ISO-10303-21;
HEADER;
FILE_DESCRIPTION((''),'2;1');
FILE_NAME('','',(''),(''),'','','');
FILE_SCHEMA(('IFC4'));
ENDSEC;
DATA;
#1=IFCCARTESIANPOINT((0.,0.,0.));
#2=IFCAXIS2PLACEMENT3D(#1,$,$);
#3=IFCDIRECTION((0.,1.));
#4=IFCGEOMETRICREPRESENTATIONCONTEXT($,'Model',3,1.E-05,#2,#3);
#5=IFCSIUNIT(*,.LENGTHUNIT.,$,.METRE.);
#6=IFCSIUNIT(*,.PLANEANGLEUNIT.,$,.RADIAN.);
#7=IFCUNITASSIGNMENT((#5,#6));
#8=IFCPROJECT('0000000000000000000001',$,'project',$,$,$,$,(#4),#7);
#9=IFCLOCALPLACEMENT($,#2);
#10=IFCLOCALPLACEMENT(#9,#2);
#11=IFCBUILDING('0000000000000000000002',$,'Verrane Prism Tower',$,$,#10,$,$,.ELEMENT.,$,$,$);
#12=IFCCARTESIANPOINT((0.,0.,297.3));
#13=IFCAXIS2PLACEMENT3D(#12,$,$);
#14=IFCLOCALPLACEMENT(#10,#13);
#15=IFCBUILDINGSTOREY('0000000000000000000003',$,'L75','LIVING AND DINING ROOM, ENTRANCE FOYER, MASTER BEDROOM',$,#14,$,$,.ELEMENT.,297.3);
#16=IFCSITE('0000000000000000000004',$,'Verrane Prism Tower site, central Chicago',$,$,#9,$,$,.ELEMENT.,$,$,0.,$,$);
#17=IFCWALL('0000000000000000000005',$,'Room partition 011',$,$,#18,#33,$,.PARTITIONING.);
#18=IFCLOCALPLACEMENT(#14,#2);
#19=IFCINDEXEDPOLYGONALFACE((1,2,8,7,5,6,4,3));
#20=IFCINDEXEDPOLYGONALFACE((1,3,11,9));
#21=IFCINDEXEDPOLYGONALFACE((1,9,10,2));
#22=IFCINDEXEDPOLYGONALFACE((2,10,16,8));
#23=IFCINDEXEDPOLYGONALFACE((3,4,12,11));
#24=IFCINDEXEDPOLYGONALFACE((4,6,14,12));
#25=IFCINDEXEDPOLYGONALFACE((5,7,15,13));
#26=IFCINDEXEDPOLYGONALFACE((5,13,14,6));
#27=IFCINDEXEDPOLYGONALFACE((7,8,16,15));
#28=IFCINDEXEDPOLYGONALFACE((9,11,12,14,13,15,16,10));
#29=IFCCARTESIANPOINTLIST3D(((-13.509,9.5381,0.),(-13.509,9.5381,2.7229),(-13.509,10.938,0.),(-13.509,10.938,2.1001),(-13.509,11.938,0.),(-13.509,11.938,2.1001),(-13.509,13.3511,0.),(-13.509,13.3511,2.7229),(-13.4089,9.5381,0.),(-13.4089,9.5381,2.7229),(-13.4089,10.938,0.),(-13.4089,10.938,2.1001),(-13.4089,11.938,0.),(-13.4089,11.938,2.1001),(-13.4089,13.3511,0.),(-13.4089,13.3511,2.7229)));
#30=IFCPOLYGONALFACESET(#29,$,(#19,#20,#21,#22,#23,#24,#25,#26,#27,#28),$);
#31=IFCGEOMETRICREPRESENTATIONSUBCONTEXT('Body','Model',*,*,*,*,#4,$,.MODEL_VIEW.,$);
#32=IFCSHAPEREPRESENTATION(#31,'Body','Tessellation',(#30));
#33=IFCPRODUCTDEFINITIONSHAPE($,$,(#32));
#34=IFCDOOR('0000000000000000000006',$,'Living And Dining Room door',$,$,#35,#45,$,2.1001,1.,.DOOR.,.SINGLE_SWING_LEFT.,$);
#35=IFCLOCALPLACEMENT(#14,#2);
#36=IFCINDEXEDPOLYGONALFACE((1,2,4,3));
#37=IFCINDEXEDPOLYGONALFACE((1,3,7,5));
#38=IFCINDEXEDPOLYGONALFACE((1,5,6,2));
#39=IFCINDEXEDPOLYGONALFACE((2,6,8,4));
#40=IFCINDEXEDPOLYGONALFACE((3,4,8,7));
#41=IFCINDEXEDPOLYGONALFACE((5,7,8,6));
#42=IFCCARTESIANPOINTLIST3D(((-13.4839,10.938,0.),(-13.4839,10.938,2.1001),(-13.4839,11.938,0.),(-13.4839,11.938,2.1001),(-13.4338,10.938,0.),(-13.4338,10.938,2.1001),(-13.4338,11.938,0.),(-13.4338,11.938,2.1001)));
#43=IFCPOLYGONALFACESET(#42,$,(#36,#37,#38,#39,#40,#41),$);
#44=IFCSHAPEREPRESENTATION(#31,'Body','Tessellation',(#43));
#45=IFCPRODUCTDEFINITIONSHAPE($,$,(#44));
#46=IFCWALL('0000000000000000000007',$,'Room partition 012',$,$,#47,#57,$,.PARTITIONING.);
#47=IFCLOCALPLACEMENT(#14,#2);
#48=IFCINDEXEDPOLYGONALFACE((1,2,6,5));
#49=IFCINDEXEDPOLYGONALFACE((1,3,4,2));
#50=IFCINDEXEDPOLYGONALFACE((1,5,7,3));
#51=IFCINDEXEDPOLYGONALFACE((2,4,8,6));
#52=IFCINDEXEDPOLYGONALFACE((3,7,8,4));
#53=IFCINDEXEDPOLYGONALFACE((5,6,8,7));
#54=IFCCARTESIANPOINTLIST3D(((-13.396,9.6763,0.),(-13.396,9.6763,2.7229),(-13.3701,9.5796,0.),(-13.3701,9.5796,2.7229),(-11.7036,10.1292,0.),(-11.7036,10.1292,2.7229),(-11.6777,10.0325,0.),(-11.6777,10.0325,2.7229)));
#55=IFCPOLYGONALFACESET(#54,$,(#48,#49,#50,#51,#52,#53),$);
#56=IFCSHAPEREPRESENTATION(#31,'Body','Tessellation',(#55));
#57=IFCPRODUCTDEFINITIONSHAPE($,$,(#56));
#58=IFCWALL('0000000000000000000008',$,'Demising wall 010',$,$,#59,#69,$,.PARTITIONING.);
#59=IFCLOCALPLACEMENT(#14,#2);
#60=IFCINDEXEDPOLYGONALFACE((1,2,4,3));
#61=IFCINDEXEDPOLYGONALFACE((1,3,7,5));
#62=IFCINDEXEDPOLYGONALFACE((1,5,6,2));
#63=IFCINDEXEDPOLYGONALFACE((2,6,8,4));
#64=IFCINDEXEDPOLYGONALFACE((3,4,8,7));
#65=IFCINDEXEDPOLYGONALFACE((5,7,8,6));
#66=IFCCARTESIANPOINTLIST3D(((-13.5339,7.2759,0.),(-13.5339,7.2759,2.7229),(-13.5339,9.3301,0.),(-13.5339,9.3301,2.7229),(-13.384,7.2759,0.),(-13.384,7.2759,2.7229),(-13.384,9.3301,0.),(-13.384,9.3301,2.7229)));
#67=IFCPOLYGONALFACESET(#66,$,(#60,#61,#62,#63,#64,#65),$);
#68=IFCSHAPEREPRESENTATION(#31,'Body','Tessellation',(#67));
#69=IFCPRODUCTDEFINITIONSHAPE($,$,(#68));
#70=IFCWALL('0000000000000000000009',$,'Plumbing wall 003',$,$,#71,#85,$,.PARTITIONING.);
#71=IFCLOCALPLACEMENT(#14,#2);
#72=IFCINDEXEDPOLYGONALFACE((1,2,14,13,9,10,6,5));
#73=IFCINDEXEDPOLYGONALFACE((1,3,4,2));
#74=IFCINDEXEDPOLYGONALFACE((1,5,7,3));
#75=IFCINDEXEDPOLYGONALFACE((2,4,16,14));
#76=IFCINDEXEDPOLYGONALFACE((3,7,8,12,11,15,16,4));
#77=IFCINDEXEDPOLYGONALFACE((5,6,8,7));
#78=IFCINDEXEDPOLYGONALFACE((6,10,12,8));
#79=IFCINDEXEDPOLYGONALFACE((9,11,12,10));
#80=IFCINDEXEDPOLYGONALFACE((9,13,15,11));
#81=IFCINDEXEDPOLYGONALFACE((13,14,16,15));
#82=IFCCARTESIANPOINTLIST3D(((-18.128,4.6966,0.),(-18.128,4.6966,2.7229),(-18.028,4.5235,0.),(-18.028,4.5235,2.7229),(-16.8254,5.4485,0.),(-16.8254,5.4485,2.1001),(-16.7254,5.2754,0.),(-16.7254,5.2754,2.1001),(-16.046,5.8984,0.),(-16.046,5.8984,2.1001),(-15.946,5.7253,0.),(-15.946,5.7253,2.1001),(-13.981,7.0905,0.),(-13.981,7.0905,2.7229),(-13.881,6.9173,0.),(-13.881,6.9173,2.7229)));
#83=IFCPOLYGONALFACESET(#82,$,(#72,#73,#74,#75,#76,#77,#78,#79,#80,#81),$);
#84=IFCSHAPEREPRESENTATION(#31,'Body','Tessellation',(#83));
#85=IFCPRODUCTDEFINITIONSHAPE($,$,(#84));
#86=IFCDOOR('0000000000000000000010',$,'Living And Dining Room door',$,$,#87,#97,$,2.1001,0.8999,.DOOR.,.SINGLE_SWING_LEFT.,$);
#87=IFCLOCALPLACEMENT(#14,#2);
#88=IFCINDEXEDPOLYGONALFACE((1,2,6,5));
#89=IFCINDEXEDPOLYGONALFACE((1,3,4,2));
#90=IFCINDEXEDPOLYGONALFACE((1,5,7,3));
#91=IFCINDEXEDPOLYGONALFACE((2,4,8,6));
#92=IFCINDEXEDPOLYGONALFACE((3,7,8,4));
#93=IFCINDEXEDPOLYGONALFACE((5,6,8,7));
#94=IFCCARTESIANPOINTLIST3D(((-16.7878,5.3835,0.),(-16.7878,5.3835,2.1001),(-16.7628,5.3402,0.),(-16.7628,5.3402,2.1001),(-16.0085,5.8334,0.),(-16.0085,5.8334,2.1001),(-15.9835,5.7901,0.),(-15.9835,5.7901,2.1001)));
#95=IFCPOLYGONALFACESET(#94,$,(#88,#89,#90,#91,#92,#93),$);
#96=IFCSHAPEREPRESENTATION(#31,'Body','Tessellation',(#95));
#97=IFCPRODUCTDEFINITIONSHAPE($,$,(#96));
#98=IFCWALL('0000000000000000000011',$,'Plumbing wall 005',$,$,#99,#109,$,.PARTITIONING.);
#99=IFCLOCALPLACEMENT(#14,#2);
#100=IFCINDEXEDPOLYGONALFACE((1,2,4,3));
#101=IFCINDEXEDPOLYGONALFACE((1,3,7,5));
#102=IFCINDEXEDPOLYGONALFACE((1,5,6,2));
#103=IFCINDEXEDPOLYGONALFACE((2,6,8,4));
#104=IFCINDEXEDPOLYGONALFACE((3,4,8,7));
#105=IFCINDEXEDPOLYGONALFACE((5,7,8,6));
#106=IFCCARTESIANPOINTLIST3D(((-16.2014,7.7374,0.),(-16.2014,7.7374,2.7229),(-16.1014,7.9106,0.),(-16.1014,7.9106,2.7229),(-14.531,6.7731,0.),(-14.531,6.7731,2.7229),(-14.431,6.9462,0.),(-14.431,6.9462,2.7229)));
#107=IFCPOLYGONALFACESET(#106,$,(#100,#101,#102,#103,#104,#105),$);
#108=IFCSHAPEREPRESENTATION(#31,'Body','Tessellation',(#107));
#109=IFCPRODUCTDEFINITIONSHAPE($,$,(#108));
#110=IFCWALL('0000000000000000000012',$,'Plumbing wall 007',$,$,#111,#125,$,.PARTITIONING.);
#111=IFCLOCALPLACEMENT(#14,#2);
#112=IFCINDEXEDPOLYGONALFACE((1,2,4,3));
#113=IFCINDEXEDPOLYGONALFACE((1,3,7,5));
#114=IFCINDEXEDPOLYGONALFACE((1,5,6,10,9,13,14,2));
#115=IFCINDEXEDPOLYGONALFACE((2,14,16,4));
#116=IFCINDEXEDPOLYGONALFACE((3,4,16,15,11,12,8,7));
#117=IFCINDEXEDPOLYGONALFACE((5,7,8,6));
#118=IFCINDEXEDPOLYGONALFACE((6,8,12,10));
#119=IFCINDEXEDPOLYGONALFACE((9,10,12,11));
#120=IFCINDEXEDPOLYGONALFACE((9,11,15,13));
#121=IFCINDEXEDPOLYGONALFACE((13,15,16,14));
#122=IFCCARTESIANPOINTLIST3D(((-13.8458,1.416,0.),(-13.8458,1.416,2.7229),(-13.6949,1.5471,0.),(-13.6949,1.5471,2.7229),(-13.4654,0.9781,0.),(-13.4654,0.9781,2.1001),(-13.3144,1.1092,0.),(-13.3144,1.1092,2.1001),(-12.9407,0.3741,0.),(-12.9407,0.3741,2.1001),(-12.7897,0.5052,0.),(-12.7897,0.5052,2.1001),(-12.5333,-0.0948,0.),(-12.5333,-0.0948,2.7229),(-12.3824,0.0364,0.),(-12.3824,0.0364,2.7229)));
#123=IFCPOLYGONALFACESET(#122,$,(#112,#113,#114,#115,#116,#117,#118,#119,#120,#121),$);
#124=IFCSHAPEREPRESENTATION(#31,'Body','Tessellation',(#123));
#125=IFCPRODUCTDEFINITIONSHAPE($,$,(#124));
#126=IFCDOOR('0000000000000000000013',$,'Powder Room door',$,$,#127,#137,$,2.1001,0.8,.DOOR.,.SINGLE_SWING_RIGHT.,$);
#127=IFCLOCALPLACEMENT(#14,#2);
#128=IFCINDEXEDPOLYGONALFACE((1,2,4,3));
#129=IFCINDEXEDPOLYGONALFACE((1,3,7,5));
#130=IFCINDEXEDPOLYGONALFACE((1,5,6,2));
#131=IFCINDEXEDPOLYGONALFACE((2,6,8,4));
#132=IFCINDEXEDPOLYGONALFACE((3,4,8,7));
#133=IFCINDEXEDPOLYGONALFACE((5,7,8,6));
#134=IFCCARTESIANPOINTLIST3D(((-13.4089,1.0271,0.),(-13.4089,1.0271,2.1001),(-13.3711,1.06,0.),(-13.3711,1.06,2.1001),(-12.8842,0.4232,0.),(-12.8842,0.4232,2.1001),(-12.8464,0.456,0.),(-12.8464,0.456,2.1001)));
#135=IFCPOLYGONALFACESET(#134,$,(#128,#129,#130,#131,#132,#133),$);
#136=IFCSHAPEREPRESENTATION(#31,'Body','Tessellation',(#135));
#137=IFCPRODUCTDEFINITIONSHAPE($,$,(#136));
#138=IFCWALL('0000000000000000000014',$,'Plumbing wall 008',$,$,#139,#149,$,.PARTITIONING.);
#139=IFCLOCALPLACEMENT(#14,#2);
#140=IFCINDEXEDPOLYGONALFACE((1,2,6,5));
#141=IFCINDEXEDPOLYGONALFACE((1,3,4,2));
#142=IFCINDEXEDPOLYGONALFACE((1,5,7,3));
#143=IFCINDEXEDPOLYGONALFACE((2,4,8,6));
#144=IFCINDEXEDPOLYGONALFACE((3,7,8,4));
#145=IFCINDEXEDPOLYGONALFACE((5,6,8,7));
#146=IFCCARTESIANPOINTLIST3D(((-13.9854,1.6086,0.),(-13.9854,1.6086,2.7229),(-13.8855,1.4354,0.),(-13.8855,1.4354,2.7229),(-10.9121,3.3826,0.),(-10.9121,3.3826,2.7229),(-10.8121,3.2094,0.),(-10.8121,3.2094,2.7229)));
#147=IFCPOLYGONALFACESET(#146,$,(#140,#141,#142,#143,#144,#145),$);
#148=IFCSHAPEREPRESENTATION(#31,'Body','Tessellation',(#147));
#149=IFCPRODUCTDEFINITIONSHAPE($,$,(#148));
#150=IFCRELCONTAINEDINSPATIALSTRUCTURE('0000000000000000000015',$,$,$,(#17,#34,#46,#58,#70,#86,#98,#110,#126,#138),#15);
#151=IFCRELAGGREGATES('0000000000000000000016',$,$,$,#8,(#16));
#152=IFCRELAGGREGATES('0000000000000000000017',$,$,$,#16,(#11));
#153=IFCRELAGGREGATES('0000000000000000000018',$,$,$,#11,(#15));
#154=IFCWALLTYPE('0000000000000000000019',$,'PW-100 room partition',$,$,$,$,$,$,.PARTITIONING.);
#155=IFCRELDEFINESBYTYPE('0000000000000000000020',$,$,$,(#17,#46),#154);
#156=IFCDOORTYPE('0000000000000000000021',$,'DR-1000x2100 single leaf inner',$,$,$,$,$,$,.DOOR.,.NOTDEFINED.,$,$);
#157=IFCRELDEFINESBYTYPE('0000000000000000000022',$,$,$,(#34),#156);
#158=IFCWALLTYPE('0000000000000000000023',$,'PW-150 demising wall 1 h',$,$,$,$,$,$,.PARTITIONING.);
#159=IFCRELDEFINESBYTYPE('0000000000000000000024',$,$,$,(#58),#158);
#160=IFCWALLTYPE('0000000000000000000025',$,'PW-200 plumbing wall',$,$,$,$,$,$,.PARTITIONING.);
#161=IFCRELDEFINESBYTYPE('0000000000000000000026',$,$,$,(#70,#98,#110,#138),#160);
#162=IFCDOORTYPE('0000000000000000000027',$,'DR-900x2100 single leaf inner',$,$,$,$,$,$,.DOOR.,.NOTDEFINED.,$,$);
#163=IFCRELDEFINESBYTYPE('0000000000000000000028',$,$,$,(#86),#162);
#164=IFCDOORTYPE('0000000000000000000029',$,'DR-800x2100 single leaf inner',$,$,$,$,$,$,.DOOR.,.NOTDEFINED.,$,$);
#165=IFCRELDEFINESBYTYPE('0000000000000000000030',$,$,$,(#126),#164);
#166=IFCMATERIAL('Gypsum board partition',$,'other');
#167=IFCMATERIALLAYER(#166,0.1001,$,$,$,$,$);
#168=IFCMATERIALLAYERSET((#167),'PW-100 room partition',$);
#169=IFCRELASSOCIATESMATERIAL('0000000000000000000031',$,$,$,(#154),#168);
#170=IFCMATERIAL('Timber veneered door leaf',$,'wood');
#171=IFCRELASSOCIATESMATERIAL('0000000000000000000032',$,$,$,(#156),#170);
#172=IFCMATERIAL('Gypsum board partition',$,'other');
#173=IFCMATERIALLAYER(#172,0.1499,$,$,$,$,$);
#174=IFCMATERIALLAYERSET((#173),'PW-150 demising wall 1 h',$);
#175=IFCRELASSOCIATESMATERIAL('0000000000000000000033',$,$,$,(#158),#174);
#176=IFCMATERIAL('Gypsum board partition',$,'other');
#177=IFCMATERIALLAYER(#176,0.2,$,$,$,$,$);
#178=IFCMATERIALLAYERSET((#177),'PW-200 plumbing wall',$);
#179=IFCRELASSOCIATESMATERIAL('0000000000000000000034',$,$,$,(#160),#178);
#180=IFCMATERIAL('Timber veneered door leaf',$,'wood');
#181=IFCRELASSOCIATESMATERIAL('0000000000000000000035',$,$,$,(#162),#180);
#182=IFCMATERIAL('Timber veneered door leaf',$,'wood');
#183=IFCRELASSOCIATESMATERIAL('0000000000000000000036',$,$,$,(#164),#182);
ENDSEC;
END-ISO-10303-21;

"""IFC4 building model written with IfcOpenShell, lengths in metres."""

from ifc_helpers import new_model, si_unit, direction, frame, frame_2d, origin, place, context, subcontext, project, spatial, rectangle, extrude, material, layer, layer_set, type_object, element, fill, save


model = new_model("IFC4")

# Units and contexts
model_context = context("Model", 3, precision=1e-05, world=origin(), true_north=direction((0.0, 1.0)))
body_context = subcontext(model_context, "Body", "Model", "MODEL_VIEW")
ifc_project = project(units=[si_unit("LENGTHUNIT", "METRE"), si_unit("PLANEANGLEUNIT", "RADIAN")], contexts=[model_context])

# Site, building, storey
site_placement = place(None, origin())
site = spatial("IfcSite", under=ifc_project, at=site_placement, Name="Verrane Prism Tower site, central Chicago", CompositionType="ELEMENT", RefElevation=0.0)
building_placement = place(site_placement, origin())
building = spatial("IfcBuilding", under=site, at=building_placement, Name="Verrane Prism Tower", CompositionType="ELEMENT")
storey_placement = place(building_placement, frame((0.0, 0.0, 297.3)))
storey = spatial("IfcBuildingStorey", under=building, at=storey_placement, Name="L75", Description="LIVING AND DINING ROOM, ENTRANCE FOYER, MASTER BEDROOM", CompositionType="ELEMENT", Elevation=297.3)

# Shared definitions
ifc_material_1 = material(Name="Gypsum board partition", Category="other")
ifc_layer_1 = layer(ifc_material_1, 0.1001)
ifc_layer_set_1 = layer_set([ifc_layer_1], Name="PW-100 room partition")
wall_type_1 = type_object("IfcWallType", Name="PW-100 room partition", PredefinedType="PARTITIONING", material=ifc_layer_set_1)
ifc_material_2 = material(Name="Timber veneered door leaf", Category="wood")
door_type_1 = type_object("IfcDoorType", Name="DR-1000x2100 single leaf inner", OperationType="NOTDEFINED", PredefinedType="DOOR", material=ifc_material_2)

# Wall, opening, door
wall_1_placement = place(storey_placement, frame((-13.459, 9.5381, 0.0), z_axis=(0.0, 0.0, 1.0), x_axis=(0.0, 1.0, 0.0)))
wall_1 = element("IfcWall", 1, at=wall_1_placement, inside=storey, type_object=wall_type_1, Name="Room partition 011", PredefinedType="PARTITIONING", context=body_context, shape_type="SweptSolid", body=[
    extrude(rectangle(XDim=3.813, YDim=0.1001, at=frame_2d((1.9065, 0.0))), origin(), (0.0, 0.0, 1.0), 2.7229),
])
opening_1_placement = place(wall_1_placement, frame((1.3999, 0.0, 0.0)))
opening_1 = element("IfcOpeningElement", 2, at=opening_1_placement, cuts=wall_1, PredefinedType="OPENING", context=body_context, shape_type="SweptSolid", body=[
    extrude(rectangle(XDim=1.0, YDim=2.1001, at=frame_2d((0.5, 1.05))), frame((0.0, 0.0601, 0.0), z_axis=(0.0, -1.0, 0.0), x_axis=(1.0, 0.0, 0.0)), (0.0, 0.0, 1.0), 0.1201),
])
door_1_placement = place(opening_1_placement, origin())
door_1 = element("IfcDoor", 3, at=door_1_placement, inside=storey, type_object=door_type_1, Name="Living And Dining Room door", OperationType="SINGLE_SWING_LEFT", OverallHeight=2.1001, OverallWidth=1.0, PredefinedType="DOOR", context=body_context, shape_type="SweptSolid", body=[
    extrude(rectangle(XDim=1.0, YDim=2.1001, at=frame_2d((0.5, 1.05))), frame((0.0, 0.0249, 0.0), z_axis=(0.0, -1.0, 0.0), x_axis=(1.0, 0.0, 0.0)), (0.0, 0.0, 1.0), 0.05),
])
fill(opening_1, door_1)

# Walls
wall_2_placement = place(storey_placement, frame((-13.3831, 9.6279, 0.0), z_axis=(0.0, 0.0, 1.0), x_axis=(0.96601, 0.258504, 0.0)))
element("IfcWall", 4, at=wall_2_placement, inside=storey, type_object=wall_type_1, Name="Room partition 012", PredefinedType="PARTITIONING", context=body_context, shape_type="SweptSolid", body=[
    extrude(rectangle(XDim=1.752, YDim=0.1001, at=frame_2d((0.876, 0.0))), origin(), (0.0, 0.0, 1.0), 2.7229),
])
ifc_material_3 = material(Name="Gypsum board partition", Category="other")
ifc_layer_2 = layer(ifc_material_3, 0.1499)
ifc_layer_set_2 = layer_set([ifc_layer_2], Name="PW-150 demising wall 1 h")
wall_type_2 = type_object("IfcWallType", Name="PW-150 demising wall 1 h", PredefinedType="PARTITIONING", material=ifc_layer_set_2)
wall_3_placement = place(storey_placement, frame((-13.459, 7.2759, 0.0), z_axis=(0.0, 0.0, 1.0), x_axis=(0.0, 1.0, 0.0)))
element("IfcWall", 5, at=wall_3_placement, inside=storey, type_object=wall_type_2, Name="Demising wall 010", PredefinedType="PARTITIONING", context=body_context, shape_type="SweptSolid", body=[
    extrude(rectangle(XDim=2.0542, YDim=0.1499, at=frame_2d((1.0271, 0.0))), origin(), (0.0, 0.0, 1.0), 2.7229),
])

# Wall, opening, door
ifc_material_4 = material(Name="Gypsum board partition", Category="other")
ifc_layer_3 = layer(ifc_material_4, 0.2)
ifc_layer_set_3 = layer_set([ifc_layer_3], Name="PW-200 plumbing wall")
wall_type_3 = type_object("IfcWallType", Name="PW-200 plumbing wall", PredefinedType="PARTITIONING", material=ifc_layer_set_3)
wall_4_placement = place(storey_placement, frame((-18.0779, 4.6101, 0.0), z_axis=(0.0, 0.0, 1.0), x_axis=(0.866067, 0.499928, 0.0)))
wall_4 = element("IfcWall", 6, at=wall_4_placement, inside=storey, type_object=wall_type_3, Name="Plumbing wall 003", PredefinedType="PARTITIONING", context=body_context, shape_type="SweptSolid", body=[
    extrude(rectangle(XDim=4.7883, YDim=0.2, at=frame_2d((2.394, 0.0))), origin(), (0.0, 0.0, 1.0), 2.7229),
])
opening_2_placement = place(wall_4_placement, frame((1.5039, 0.0, 0.0)))
opening_2 = element("IfcOpeningElement", 7, at=opening_2_placement, cuts=wall_4, PredefinedType="OPENING", context=body_context, shape_type="SweptSolid", body=[
    extrude(rectangle(XDim=0.8999, YDim=2.1001, at=frame_2d((0.45, 1.05))), frame((0.0, 0.1099, 0.0), z_axis=(0.0, -1.0, 0.0), x_axis=(1.0, 0.0, 0.0)), (0.0, 0.0, 1.0), 0.22),
])
ifc_material_5 = material(Name="Timber veneered door leaf", Category="wood")
door_type_2 = type_object("IfcDoorType", Name="DR-900x2100 single leaf inner", OperationType="NOTDEFINED", PredefinedType="DOOR", material=ifc_material_5)
door_2_placement = place(opening_2_placement, origin())
door_2 = element("IfcDoor", 8, at=door_2_placement, inside=storey, type_object=door_type_2, Name="Living And Dining Room door", OperationType="SINGLE_SWING_LEFT", OverallHeight=2.1001, OverallWidth=0.8999, PredefinedType="DOOR", context=body_context, shape_type="SweptSolid", body=[
    extrude(rectangle(XDim=0.8999, YDim=2.1001, at=frame_2d((0.45, 1.05))), frame((0.0, 0.0249, 0.0), z_axis=(0.0, -1.0, 0.0), x_axis=(1.0, 0.0, 0.0)), (0.0, 0.0, 1.0), 0.05),
])
fill(opening_2, door_2)

# Wall
wall_5_placement = place(storey_placement, frame((-16.1514, 7.824, 0.0), z_axis=(0.0, 0.0, 1.0), x_axis=(0.866038, -0.499978, 0.0)))
element("IfcWall", 9, at=wall_5_placement, inside=storey, type_object=wall_type_3, Name="Plumbing wall 005", PredefinedType="PARTITIONING", context=body_context, shape_type="SweptSolid", body=[
    extrude(rectangle(XDim=1.9287, YDim=0.2, at=frame_2d((0.9644, 0.0))), origin(), (0.0, 0.0, 1.0), 2.7229),
])

# Wall, opening, door
wall_6_placement = place(storey_placement, frame((-13.7703, 1.4814, 0.0), z_axis=(0.0, 0.0, 1.0), x_axis=(0.65584, -0.7549, 0.0)))
wall_6 = element("IfcWall", 10, at=wall_6_placement, inside=storey, type_object=wall_type_3, Name="Plumbing wall 007", PredefinedType="PARTITIONING", context=body_context, shape_type="SweptSolid", body=[
    extrude(rectangle(XDim=2.0012, YDim=0.2, at=frame_2d((1.0005, 0.0))), origin(), (0.0, 0.0, 1.0), 2.7229),
])
opening_3_placement = place(wall_6_placement, frame((0.5801, 0.0, 0.0)))
opening_3 = element("IfcOpeningElement", 11, at=opening_3_placement, cuts=wall_6, PredefinedType="OPENING", context=body_context, shape_type="SweptSolid", body=[
    extrude(rectangle(XDim=0.8, YDim=2.1001, at=frame_2d((0.3999, 1.05))), frame((0.0, 0.1099, 0.0), z_axis=(0.0, -1.0, 0.0), x_axis=(1.0, 0.0, 0.0)), (0.0, 0.0, 1.0), 0.22),
])
ifc_material_6 = material(Name="Timber veneered door leaf", Category="wood")
door_type_3 = type_object("IfcDoorType", Name="DR-800x2100 single leaf inner", OperationType="NOTDEFINED", PredefinedType="DOOR", material=ifc_material_6)
door_3_placement = place(opening_3_placement, origin())
door_3 = element("IfcDoor", 12, at=door_3_placement, inside=storey, type_object=door_type_3, Name="Powder Room door", OperationType="SINGLE_SWING_RIGHT", OverallHeight=2.1001, OverallWidth=0.8, PredefinedType="DOOR", context=body_context, shape_type="SweptSolid", body=[
    extrude(rectangle(XDim=0.8, YDim=2.1001, at=frame_2d((0.3999, 1.05))), frame((0.0, 0.0249, 0.0), z_axis=(0.0, -1.0, 0.0), x_axis=(1.0, 0.0, 0.0)), (0.0, 0.0, 1.0), 0.05),
])
fill(opening_3, door_3)

# Wall
wall_7_placement = place(storey_placement, frame((-13.9355, 1.522, 0.0), z_axis=(0.0, 0.0, 1.0), x_axis=(0.866076, 0.499913, 0.0)))
element("IfcWall", 13, at=wall_7_placement, inside=storey, type_object=wall_type_3, Name="Plumbing wall 008", PredefinedType="PARTITIONING", context=body_context, shape_type="SweptSolid", body=[
    extrude(rectangle(XDim=3.5486, YDim=0.2, at=frame_2d((1.7744, 0.0))), origin(), (0.0, 0.0, 1.0), 2.7229),
])

save(model, "model.ifc")
